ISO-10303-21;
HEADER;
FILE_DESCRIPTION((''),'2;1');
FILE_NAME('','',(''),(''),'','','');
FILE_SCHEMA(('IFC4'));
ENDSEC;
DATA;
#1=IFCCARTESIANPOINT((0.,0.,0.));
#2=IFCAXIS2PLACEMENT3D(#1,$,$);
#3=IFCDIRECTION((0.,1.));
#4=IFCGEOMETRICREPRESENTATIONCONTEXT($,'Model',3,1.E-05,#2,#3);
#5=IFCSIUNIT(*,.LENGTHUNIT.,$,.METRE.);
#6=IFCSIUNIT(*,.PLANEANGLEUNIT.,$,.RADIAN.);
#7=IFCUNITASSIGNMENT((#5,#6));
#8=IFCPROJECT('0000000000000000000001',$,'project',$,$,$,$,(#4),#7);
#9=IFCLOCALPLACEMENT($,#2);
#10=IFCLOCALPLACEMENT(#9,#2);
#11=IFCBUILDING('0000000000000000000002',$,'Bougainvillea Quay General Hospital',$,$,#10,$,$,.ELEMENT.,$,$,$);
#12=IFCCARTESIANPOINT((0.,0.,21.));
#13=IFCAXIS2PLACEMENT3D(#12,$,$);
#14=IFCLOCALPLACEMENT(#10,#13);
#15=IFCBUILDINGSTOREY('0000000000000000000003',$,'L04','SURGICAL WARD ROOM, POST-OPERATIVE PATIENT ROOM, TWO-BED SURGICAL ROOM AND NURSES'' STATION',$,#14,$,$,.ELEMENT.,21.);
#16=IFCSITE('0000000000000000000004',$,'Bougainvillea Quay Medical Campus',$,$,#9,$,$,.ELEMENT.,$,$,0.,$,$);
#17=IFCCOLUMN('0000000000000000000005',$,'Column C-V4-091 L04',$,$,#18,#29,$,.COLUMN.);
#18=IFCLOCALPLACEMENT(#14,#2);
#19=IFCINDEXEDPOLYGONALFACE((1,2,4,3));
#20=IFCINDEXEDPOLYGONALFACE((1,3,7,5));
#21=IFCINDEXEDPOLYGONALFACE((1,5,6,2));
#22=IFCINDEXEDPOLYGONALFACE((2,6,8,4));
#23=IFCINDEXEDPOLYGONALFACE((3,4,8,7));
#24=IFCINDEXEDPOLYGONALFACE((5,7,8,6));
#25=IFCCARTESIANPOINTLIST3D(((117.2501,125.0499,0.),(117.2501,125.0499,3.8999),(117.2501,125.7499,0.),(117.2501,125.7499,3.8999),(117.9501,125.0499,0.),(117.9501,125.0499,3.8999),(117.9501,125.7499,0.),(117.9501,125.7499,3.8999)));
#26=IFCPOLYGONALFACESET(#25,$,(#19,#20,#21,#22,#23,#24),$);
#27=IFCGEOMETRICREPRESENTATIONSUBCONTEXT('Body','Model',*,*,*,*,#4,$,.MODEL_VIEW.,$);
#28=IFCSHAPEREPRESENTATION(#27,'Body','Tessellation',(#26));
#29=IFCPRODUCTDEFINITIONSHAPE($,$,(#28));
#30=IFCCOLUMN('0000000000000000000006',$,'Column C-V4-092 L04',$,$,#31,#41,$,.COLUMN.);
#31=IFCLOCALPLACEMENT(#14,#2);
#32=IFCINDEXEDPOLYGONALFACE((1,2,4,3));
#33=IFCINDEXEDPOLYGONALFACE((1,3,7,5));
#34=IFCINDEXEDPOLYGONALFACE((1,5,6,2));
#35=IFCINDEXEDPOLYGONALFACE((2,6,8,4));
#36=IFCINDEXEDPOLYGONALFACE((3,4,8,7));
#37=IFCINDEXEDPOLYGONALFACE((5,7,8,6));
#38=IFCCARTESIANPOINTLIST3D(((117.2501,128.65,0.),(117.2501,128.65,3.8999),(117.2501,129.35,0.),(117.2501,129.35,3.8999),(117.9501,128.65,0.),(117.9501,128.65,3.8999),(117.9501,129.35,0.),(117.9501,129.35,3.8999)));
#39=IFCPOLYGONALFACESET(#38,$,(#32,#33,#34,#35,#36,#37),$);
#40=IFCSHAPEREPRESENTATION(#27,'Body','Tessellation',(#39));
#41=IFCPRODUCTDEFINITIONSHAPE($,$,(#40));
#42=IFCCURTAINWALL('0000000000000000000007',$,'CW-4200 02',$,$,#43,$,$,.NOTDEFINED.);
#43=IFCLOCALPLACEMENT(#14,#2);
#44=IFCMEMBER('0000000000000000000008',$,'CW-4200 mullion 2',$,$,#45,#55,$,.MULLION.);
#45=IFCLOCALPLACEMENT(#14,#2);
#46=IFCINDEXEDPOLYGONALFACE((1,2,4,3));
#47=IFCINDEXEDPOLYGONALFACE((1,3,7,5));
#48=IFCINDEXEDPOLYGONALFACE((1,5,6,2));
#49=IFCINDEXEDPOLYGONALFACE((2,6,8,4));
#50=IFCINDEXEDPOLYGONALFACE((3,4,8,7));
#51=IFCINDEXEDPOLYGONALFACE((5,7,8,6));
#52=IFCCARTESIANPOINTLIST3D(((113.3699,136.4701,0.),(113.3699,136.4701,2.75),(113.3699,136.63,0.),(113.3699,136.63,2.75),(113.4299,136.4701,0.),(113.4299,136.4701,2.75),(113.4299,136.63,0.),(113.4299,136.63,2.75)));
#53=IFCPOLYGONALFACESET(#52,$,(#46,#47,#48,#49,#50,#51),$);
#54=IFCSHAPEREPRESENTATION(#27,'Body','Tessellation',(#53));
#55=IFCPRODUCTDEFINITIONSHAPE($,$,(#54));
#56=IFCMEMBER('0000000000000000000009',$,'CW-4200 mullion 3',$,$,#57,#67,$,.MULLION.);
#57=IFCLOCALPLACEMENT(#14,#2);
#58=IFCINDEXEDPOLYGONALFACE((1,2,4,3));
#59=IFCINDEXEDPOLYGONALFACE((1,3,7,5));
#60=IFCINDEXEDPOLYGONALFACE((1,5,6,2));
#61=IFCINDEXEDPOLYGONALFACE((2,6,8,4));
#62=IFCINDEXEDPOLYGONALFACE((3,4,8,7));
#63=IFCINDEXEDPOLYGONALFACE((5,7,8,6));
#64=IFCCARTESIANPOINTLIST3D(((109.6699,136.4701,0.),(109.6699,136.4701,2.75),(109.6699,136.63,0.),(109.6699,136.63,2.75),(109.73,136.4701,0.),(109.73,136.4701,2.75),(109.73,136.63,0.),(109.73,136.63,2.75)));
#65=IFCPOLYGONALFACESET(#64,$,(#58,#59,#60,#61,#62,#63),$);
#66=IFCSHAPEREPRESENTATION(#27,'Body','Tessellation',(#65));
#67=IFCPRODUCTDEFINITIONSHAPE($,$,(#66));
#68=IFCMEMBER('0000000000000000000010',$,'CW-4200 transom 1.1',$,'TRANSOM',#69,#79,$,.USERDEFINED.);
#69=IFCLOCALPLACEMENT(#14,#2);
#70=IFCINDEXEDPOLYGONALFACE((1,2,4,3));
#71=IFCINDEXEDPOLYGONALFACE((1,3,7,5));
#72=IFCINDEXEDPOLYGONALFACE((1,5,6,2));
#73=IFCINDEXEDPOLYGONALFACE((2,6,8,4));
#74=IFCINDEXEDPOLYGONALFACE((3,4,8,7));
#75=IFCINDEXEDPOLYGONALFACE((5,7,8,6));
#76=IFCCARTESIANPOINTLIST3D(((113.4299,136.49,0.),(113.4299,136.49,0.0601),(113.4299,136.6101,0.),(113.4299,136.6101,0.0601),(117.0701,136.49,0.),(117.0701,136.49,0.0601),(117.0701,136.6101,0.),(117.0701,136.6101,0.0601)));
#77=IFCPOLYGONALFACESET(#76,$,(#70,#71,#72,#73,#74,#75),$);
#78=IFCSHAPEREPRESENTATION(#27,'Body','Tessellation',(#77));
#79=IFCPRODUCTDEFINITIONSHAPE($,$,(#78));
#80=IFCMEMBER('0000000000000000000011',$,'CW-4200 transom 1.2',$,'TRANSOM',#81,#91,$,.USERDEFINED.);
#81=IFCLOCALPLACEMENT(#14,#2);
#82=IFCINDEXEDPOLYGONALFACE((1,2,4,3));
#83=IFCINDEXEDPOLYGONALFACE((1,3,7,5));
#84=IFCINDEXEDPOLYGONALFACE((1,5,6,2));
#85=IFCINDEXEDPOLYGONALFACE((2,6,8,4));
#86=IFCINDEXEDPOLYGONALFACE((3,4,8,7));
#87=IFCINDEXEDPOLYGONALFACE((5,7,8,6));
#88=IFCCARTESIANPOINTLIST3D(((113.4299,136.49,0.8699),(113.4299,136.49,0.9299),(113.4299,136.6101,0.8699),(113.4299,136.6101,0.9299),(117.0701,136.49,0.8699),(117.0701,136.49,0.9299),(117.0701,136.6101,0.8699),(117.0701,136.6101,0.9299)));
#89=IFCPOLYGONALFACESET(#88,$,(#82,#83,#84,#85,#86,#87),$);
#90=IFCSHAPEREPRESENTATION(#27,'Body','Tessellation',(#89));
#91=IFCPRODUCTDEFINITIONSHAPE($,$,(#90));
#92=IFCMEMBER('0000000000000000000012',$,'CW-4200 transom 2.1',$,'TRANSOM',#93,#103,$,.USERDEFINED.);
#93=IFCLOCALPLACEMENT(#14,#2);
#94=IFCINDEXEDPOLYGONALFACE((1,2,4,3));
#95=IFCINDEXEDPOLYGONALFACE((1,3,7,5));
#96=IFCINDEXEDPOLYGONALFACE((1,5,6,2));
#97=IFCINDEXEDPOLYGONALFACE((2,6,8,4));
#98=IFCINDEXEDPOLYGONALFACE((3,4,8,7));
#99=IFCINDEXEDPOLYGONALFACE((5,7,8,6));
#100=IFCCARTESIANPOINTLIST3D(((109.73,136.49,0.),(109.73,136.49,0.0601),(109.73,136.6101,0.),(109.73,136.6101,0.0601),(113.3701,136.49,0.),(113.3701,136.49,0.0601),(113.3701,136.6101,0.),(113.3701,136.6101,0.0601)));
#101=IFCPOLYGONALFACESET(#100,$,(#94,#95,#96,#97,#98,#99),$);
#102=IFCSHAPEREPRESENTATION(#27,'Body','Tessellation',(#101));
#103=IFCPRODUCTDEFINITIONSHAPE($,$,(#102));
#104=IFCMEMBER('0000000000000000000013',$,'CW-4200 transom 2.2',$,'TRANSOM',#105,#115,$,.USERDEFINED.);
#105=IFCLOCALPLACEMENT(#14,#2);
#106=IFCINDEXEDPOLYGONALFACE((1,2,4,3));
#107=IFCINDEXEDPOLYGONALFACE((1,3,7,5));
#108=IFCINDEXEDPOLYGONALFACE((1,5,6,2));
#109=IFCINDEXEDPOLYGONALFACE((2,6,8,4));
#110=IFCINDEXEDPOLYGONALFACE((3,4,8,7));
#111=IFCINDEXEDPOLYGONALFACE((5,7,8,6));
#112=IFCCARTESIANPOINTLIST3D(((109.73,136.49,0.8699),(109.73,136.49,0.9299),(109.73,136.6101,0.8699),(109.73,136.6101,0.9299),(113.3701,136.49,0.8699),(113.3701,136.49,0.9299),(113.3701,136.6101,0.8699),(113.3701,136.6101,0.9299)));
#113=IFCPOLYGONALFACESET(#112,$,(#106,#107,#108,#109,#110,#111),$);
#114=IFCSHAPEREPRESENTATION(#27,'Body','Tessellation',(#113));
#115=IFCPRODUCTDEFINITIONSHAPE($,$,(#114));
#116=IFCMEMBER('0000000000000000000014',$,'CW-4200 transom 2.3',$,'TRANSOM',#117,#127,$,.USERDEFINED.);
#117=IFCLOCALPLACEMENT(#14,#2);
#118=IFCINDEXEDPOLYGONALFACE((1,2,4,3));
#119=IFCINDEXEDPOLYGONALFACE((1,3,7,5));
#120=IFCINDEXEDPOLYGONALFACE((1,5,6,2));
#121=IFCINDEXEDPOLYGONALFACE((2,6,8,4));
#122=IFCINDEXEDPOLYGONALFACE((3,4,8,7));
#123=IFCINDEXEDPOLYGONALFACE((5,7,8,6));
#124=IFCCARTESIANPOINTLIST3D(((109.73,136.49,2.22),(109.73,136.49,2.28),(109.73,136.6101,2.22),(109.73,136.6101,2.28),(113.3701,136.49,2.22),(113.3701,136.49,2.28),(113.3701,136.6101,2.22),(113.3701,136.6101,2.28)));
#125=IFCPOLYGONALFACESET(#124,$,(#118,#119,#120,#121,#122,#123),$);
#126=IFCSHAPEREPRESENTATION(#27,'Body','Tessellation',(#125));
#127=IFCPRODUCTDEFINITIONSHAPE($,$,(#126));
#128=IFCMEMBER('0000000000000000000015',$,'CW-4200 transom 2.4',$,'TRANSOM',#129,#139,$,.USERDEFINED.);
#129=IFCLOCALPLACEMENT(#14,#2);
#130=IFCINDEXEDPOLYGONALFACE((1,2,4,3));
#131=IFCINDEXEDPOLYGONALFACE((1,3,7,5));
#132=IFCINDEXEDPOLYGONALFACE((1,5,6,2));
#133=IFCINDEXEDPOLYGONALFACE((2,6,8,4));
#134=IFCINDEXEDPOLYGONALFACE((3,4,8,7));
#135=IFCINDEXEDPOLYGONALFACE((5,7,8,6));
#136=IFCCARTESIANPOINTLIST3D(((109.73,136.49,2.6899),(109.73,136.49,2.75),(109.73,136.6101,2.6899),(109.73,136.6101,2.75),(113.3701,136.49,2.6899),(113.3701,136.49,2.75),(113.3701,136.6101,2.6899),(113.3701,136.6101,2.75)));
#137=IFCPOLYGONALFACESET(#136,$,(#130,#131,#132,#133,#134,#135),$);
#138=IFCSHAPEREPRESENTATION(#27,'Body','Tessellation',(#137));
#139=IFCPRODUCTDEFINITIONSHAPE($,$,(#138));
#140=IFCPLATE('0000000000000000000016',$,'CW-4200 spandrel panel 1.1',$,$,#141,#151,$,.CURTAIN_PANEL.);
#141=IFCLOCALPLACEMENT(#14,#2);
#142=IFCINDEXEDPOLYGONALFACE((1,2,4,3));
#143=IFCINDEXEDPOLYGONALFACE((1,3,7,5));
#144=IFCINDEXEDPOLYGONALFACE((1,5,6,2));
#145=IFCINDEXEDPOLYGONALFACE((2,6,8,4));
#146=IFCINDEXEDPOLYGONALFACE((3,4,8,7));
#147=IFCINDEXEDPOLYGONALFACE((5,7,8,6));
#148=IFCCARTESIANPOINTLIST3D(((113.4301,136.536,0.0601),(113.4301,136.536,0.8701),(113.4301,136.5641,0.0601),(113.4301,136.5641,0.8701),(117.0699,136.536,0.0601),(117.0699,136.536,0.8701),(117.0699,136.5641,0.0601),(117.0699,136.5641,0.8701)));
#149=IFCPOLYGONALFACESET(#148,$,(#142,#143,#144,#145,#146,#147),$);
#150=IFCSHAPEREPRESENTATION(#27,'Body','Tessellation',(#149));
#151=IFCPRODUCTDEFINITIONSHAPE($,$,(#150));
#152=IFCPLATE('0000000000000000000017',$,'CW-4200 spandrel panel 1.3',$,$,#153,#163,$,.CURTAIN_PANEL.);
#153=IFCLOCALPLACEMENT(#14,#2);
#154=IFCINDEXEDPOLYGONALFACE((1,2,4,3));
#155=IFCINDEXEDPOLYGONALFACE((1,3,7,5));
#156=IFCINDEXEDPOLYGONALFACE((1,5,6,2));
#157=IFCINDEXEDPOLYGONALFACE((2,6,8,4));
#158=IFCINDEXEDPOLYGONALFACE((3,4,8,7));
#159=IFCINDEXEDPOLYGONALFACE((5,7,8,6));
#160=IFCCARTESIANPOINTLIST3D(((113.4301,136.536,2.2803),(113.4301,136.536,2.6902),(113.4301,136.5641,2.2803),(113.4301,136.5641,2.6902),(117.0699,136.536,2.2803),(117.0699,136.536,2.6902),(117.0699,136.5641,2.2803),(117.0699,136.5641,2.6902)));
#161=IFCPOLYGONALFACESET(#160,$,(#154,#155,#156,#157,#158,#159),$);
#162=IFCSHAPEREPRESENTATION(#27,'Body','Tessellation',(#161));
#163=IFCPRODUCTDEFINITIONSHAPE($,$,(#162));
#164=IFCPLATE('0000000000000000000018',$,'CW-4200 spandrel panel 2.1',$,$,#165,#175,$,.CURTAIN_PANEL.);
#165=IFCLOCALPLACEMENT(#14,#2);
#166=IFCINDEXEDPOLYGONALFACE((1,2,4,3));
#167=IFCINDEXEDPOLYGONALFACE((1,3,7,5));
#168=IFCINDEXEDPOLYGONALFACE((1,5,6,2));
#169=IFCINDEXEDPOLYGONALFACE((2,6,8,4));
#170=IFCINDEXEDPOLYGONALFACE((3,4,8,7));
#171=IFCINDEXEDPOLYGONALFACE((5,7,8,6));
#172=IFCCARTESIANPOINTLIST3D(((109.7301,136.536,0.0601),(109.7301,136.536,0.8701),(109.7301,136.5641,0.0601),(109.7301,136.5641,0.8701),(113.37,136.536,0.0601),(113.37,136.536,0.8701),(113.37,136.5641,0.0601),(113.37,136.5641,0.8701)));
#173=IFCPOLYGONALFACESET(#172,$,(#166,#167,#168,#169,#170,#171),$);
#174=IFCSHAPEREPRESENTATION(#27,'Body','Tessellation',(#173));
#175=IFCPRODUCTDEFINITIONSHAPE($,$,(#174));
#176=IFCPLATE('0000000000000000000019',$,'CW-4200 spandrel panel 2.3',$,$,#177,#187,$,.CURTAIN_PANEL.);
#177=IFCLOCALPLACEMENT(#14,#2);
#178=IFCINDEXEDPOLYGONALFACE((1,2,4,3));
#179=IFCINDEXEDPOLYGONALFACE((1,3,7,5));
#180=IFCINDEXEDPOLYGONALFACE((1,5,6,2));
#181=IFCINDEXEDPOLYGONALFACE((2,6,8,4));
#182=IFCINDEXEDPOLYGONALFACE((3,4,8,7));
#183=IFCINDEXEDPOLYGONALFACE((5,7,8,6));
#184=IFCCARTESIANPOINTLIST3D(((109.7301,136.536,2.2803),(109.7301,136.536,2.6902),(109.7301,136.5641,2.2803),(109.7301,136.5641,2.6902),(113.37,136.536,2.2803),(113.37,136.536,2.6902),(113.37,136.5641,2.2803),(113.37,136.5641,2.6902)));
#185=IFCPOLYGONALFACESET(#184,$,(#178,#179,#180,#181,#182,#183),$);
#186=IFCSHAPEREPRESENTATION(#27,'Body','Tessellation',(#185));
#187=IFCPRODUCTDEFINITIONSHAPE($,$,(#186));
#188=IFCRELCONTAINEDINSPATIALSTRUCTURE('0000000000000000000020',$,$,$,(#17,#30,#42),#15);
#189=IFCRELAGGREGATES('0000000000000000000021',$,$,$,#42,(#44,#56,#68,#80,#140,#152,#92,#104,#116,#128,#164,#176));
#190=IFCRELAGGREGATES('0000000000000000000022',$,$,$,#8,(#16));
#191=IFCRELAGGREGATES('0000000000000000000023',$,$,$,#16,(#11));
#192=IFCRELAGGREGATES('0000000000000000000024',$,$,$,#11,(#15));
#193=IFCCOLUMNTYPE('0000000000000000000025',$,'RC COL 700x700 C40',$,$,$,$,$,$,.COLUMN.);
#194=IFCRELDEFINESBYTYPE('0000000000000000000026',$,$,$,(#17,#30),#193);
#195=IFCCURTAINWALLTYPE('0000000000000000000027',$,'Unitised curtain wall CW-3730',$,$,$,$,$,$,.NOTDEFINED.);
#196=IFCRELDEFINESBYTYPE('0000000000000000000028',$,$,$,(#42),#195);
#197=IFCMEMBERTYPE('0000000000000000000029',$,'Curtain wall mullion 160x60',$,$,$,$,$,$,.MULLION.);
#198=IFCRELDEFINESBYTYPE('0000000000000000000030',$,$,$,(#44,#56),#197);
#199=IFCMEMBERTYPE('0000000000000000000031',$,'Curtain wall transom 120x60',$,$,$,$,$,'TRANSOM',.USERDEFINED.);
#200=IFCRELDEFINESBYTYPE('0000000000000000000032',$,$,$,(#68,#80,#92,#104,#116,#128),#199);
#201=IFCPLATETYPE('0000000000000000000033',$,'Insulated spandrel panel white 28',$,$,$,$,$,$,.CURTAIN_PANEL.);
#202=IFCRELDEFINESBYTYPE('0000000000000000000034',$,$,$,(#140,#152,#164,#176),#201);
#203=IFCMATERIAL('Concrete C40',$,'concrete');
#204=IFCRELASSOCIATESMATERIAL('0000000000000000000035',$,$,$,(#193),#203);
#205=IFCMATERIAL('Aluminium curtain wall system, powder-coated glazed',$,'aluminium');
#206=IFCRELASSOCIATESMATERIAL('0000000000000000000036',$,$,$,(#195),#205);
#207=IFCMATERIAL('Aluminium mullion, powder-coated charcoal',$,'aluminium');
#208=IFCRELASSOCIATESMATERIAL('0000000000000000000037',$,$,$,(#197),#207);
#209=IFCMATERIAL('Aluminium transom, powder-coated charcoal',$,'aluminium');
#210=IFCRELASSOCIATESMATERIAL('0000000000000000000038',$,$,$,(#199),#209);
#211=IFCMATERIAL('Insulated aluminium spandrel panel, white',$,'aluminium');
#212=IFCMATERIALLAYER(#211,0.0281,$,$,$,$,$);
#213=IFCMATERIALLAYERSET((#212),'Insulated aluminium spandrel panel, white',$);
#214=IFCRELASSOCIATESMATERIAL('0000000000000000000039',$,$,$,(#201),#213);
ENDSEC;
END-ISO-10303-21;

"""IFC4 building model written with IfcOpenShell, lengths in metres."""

from ifc_helpers import new_model, si_unit, direction, frame, origin, origin_2d, place, context, subcontext, project, spatial, rectangle, extrude, material, layer, layer_set, material_profile, profile_set, type_object, element, aggregate, save


model = new_model("IFC4")

# Units and contexts
model_context = context("Model", 3, precision=1e-05, world=origin(), true_north=direction((0.0, 1.0)))
body_context = subcontext(model_context, "Body", "Model", "MODEL_VIEW")
ifc_project = project(units=[si_unit("LENGTHUNIT", "METRE"), si_unit("PLANEANGLEUNIT", "RADIAN")], contexts=[model_context])

# Site, building, storey
site_placement = place(None, origin())
site = spatial("IfcSite", under=ifc_project, at=site_placement, Name="Bougainvillea Quay Medical Campus", CompositionType="ELEMENT", RefElevation=0.0)
building_placement = place(site_placement, origin())
building = spatial("IfcBuilding", under=site, at=building_placement, Name="Bougainvillea Quay General Hospital", CompositionType="ELEMENT")
storey_placement = place(building_placement, frame((0.0, 0.0, 21.0)))
storey = spatial("IfcBuildingStorey", under=building, at=storey_placement, Name="L04", Description="SURGICAL WARD ROOM, POST-OPERATIVE PATIENT ROOM, TWO-BED SURGICAL ROOM AND NURSES' STATION", CompositionType="ELEMENT", Elevation=21.0)

# Columns
ifc_material_1 = material(Name="Concrete C40", Category="concrete")
ifc_material_profile_1 = material_profile(ifc_material_1, rectangle(XDim=0.7, YDim=0.7, at=origin_2d()))
ifc_profile_set_1 = profile_set([ifc_material_profile_1], Name="Concrete C40")
column_type = type_object("IfcColumnType", Name="RC COL 700x700 C40", PredefinedType="COLUMN", material=ifc_profile_set_1)
for number, where, z_axis, x_axis, name in (
    (1, (117.6001, 125.3999, 0.0), (0.0, 0.0, 1.0), (1.0, 0.0, 0.0), "Column C-V4-091 L04"),
    (2, (117.6001, 129.0, 0.0), (0.0, 0.0, 1.0), (1.0, 0.0, 0.0), "Column C-V4-092 L04"),
):
    element("IfcColumn", number, at=place(storey_placement, frame(where, z_axis=z_axis, x_axis=x_axis)), inside=storey, type_object=column_type, Name=name, PredefinedType="COLUMN", context=body_context, shape_type="SweptSolid", body=[
        extrude(rectangle(XDim=0.7, YDim=0.7, at=origin_2d()), origin(), (0.0, 0.0, 1.0), 3.8999),
    ])

# Curtain wall, members, plates
ifc_material_2 = material(Name="Aluminium curtain wall system, powder-coated glazed", Category="aluminium")
curtain_wall_type = type_object("IfcCurtainWallType", Name="Unitised curtain wall CW-3730", PredefinedType="NOTDEFINED", material=ifc_material_2)
curtain_wall_placement = place(storey_placement, origin())
curtain_wall = element("IfcCurtainWall", 3, at=curtain_wall_placement, inside=storey, type_object=curtain_wall_type, Name="CW-4200 02", PredefinedType="NOTDEFINED")
ifc_material_3 = material(Name="Aluminium mullion, powder-coated charcoal", Category="aluminium")
ifc_material_profile_2 = material_profile(ifc_material_3, rectangle(XDim=0.1599, YDim=0.0601, at=origin_2d()))
ifc_profile_set_2 = profile_set([ifc_material_profile_2], Name="Aluminium mullion, powder-coated charcoal")
member_type_1 = type_object("IfcMemberType", Name="Curtain wall mullion 160x60", PredefinedType="MULLION", material=ifc_profile_set_2)
member_1_placement = place(storey_placement, frame((113.3999, 136.55, 0.0), z_axis=(0.0, 0.0, 1.0), x_axis=(0.0, -1.0, 0.0)))
member_1 = element("IfcMember", 4, at=member_1_placement, type_object=member_type_1, Name="CW-4200 mullion 2", PredefinedType="MULLION", context=body_context, shape_type="SweptSolid", body=[
    extrude(rectangle(XDim=0.1599, YDim=0.0601, at=origin_2d()), origin(), (0.0, 0.0, 1.0), 2.75),
])
member_2_placement = place(storey_placement, frame((109.7, 136.55, 0.0), z_axis=(0.0, 0.0, 1.0), x_axis=(0.0, -1.0, 0.0)))
member_2 = element("IfcMember", 5, at=member_2_placement, type_object=member_type_1, Name="CW-4200 mullion 3", PredefinedType="MULLION", context=body_context, shape_type="SweptSolid", body=[
    extrude(rectangle(XDim=0.1599, YDim=0.0601, at=origin_2d()), origin(), (0.0, 0.0, 1.0), 2.75),
])
ifc_material_4 = material(Name="Aluminium transom, powder-coated charcoal", Category="aluminium")
ifc_material_profile_3 = material_profile(ifc_material_4, rectangle(XDim=0.1201, YDim=0.0601, at=origin_2d()))
ifc_profile_set_3 = profile_set([ifc_material_profile_3], Name="Aluminium transom, powder-coated charcoal")
member_type_2 = type_object("IfcMemberType", Name="Curtain wall transom 120x60", ElementType="TRANSOM", PredefinedType="USERDEFINED", material=ifc_profile_set_3)
member_3_placement = place(storey_placement, frame((117.0701, 136.55, 0.03), z_axis=(-1.0, 0.0, 0.0), x_axis=(0.0, -1.0, 0.0)))
member_3 = element("IfcMember", 6, at=member_3_placement, type_object=member_type_2, Name="CW-4200 transom 1.1", ObjectType="TRANSOM", PredefinedType="USERDEFINED", context=body_context, shape_type="SweptSolid", body=[
    extrude(rectangle(XDim=0.1201, YDim=0.0601, at=origin_2d()), origin(), (0.0, 0.0, 1.0), 3.6401),
])
member_4_placement = place(storey_placement, frame((117.0701, 136.55, 0.8999), z_axis=(-1.0, 0.0, 0.0), x_axis=(0.0, -1.0, 0.0)))
member_4 = element("IfcMember", 7, at=member_4_placement, type_object=member_type_2, Name="CW-4200 transom 1.2", ObjectType="TRANSOM", PredefinedType="USERDEFINED", context=body_context, shape_type="SweptSolid", body=[
    extrude(rectangle(XDim=0.1201, YDim=0.0601, at=origin_2d()), origin(), (0.0, 0.0, 1.0), 3.6401),
])
member_5_placement = place(storey_placement, frame((113.3701, 136.55, 0.03), z_axis=(-1.0, 0.0, 0.0), x_axis=(0.0, -1.0, 0.0)))
member_5 = element("IfcMember", 8, at=member_5_placement, type_object=member_type_2, Name="CW-4200 transom 2.1", ObjectType="TRANSOM", PredefinedType="USERDEFINED", context=body_context, shape_type="SweptSolid", body=[
    extrude(rectangle(XDim=0.1201, YDim=0.0601, at=origin_2d()), origin(), (0.0, 0.0, 1.0), 3.6401),
])
member_6_placement = place(storey_placement, frame((113.3701, 136.55, 0.8999), z_axis=(-1.0, 0.0, 0.0), x_axis=(0.0, -1.0, 0.0)))
member_6 = element("IfcMember", 9, at=member_6_placement, type_object=member_type_2, Name="CW-4200 transom 2.2", ObjectType="TRANSOM", PredefinedType="USERDEFINED", context=body_context, shape_type="SweptSolid", body=[
    extrude(rectangle(XDim=0.1201, YDim=0.0601, at=origin_2d()), origin(), (0.0, 0.0, 1.0), 3.6401),
])
member_7_placement = place(storey_placement, frame((113.3701, 136.55, 2.25), z_axis=(-1.0, 0.0, 0.0), x_axis=(0.0, -1.0, 0.0)))
member_7 = element("IfcMember", 10, at=member_7_placement, type_object=member_type_2, Name="CW-4200 transom 2.3", ObjectType="TRANSOM", PredefinedType="USERDEFINED", context=body_context, shape_type="SweptSolid", body=[
    extrude(rectangle(XDim=0.1201, YDim=0.0601, at=origin_2d()), origin(), (0.0, 0.0, 1.0), 3.6401),
])
member_8_placement = place(storey_placement, frame((113.3701, 136.55, 2.72), z_axis=(-1.0, 0.0, 0.0), x_axis=(0.0, -1.0, 0.0)))
member_8 = element("IfcMember", 11, at=member_8_placement, type_object=member_type_2, Name="CW-4200 transom 2.4", ObjectType="TRANSOM", PredefinedType="USERDEFINED", context=body_context, shape_type="SweptSolid", body=[
    extrude(rectangle(XDim=0.1201, YDim=0.0601, at=origin_2d()), origin(), (0.0, 0.0, 1.0), 3.6401),
])
ifc_material_5 = material(Name="Insulated aluminium spandrel panel, white", Category="aluminium")
ifc_layer_1 = layer(ifc_material_5, 0.0281)
ifc_layer_set_1 = layer_set([ifc_layer_1], Name="Insulated aluminium spandrel panel, white")
plate_type_1 = type_object("IfcPlateType", Name="Insulated spandrel panel white 28", PredefinedType="CURTAIN_PANEL", material=ifc_layer_set_1)
plate_1_placement = place(storey_placement, frame((115.25, 136.55, 0.0601), z_axis=(0.0, 0.0, 1.0), x_axis=(-1.0, 0.0, 0.0)))
plate_1 = element("IfcPlate", 12, at=plate_1_placement, type_object=plate_type_1, Name="CW-4200 spandrel panel 1.1", PredefinedType="CURTAIN_PANEL", context=body_context, shape_type="SweptSolid", body=[
    extrude(rectangle(XDim=3.6399, YDim=0.0281, at=origin_2d()), origin(), (0.0, 0.0, 1.0), 0.8101),
])
plate_2_placement = place(storey_placement, frame((115.25, 136.55, 2.2803), z_axis=(0.0, 0.0, 1.0), x_axis=(-1.0, 0.0, 0.0)))
plate_2 = element("IfcPlate", 13, at=plate_2_placement, type_object=plate_type_1, Name="CW-4200 spandrel panel 1.3", PredefinedType="CURTAIN_PANEL", context=body_context, shape_type="SweptSolid", body=[
    extrude(rectangle(XDim=3.6399, YDim=0.0281, at=origin_2d()), origin(), (0.0, 0.0, 1.0), 0.4099),
])
plate_3_placement = place(storey_placement, frame((111.55, 136.55, 0.0601), z_axis=(0.0, 0.0, 1.0), x_axis=(-1.0, 0.0, 0.0)))
plate_3 = element("IfcPlate", 14, at=plate_3_placement, type_object=plate_type_1, Name="CW-4200 spandrel panel 2.1", PredefinedType="CURTAIN_PANEL", context=body_context, shape_type="SweptSolid", body=[
    extrude(rectangle(XDim=3.6399, YDim=0.0281, at=origin_2d()), origin(), (0.0, 0.0, 1.0), 0.8101),
])
plate_4_placement = place(storey_placement, frame((111.55, 136.55, 2.2803), z_axis=(0.0, 0.0, 1.0), x_axis=(-1.0, 0.0, 0.0)))
plate_4 = element("IfcPlate", 15, at=plate_4_placement, type_object=plate_type_1, Name="CW-4200 spandrel panel 2.3", PredefinedType="CURTAIN_PANEL", context=body_context, shape_type="SweptSolid", body=[
    extrude(rectangle(XDim=3.6399, YDim=0.0281, at=origin_2d()), origin(), (0.0, 0.0, 1.0), 0.4099),
])
aggregate(curtain_wall, [member_1, member_2, member_3, member_4, plate_1, plate_2, member_5, member_6, member_7, member_8, plate_3, plate_4])

save(model, "model.ifc")
